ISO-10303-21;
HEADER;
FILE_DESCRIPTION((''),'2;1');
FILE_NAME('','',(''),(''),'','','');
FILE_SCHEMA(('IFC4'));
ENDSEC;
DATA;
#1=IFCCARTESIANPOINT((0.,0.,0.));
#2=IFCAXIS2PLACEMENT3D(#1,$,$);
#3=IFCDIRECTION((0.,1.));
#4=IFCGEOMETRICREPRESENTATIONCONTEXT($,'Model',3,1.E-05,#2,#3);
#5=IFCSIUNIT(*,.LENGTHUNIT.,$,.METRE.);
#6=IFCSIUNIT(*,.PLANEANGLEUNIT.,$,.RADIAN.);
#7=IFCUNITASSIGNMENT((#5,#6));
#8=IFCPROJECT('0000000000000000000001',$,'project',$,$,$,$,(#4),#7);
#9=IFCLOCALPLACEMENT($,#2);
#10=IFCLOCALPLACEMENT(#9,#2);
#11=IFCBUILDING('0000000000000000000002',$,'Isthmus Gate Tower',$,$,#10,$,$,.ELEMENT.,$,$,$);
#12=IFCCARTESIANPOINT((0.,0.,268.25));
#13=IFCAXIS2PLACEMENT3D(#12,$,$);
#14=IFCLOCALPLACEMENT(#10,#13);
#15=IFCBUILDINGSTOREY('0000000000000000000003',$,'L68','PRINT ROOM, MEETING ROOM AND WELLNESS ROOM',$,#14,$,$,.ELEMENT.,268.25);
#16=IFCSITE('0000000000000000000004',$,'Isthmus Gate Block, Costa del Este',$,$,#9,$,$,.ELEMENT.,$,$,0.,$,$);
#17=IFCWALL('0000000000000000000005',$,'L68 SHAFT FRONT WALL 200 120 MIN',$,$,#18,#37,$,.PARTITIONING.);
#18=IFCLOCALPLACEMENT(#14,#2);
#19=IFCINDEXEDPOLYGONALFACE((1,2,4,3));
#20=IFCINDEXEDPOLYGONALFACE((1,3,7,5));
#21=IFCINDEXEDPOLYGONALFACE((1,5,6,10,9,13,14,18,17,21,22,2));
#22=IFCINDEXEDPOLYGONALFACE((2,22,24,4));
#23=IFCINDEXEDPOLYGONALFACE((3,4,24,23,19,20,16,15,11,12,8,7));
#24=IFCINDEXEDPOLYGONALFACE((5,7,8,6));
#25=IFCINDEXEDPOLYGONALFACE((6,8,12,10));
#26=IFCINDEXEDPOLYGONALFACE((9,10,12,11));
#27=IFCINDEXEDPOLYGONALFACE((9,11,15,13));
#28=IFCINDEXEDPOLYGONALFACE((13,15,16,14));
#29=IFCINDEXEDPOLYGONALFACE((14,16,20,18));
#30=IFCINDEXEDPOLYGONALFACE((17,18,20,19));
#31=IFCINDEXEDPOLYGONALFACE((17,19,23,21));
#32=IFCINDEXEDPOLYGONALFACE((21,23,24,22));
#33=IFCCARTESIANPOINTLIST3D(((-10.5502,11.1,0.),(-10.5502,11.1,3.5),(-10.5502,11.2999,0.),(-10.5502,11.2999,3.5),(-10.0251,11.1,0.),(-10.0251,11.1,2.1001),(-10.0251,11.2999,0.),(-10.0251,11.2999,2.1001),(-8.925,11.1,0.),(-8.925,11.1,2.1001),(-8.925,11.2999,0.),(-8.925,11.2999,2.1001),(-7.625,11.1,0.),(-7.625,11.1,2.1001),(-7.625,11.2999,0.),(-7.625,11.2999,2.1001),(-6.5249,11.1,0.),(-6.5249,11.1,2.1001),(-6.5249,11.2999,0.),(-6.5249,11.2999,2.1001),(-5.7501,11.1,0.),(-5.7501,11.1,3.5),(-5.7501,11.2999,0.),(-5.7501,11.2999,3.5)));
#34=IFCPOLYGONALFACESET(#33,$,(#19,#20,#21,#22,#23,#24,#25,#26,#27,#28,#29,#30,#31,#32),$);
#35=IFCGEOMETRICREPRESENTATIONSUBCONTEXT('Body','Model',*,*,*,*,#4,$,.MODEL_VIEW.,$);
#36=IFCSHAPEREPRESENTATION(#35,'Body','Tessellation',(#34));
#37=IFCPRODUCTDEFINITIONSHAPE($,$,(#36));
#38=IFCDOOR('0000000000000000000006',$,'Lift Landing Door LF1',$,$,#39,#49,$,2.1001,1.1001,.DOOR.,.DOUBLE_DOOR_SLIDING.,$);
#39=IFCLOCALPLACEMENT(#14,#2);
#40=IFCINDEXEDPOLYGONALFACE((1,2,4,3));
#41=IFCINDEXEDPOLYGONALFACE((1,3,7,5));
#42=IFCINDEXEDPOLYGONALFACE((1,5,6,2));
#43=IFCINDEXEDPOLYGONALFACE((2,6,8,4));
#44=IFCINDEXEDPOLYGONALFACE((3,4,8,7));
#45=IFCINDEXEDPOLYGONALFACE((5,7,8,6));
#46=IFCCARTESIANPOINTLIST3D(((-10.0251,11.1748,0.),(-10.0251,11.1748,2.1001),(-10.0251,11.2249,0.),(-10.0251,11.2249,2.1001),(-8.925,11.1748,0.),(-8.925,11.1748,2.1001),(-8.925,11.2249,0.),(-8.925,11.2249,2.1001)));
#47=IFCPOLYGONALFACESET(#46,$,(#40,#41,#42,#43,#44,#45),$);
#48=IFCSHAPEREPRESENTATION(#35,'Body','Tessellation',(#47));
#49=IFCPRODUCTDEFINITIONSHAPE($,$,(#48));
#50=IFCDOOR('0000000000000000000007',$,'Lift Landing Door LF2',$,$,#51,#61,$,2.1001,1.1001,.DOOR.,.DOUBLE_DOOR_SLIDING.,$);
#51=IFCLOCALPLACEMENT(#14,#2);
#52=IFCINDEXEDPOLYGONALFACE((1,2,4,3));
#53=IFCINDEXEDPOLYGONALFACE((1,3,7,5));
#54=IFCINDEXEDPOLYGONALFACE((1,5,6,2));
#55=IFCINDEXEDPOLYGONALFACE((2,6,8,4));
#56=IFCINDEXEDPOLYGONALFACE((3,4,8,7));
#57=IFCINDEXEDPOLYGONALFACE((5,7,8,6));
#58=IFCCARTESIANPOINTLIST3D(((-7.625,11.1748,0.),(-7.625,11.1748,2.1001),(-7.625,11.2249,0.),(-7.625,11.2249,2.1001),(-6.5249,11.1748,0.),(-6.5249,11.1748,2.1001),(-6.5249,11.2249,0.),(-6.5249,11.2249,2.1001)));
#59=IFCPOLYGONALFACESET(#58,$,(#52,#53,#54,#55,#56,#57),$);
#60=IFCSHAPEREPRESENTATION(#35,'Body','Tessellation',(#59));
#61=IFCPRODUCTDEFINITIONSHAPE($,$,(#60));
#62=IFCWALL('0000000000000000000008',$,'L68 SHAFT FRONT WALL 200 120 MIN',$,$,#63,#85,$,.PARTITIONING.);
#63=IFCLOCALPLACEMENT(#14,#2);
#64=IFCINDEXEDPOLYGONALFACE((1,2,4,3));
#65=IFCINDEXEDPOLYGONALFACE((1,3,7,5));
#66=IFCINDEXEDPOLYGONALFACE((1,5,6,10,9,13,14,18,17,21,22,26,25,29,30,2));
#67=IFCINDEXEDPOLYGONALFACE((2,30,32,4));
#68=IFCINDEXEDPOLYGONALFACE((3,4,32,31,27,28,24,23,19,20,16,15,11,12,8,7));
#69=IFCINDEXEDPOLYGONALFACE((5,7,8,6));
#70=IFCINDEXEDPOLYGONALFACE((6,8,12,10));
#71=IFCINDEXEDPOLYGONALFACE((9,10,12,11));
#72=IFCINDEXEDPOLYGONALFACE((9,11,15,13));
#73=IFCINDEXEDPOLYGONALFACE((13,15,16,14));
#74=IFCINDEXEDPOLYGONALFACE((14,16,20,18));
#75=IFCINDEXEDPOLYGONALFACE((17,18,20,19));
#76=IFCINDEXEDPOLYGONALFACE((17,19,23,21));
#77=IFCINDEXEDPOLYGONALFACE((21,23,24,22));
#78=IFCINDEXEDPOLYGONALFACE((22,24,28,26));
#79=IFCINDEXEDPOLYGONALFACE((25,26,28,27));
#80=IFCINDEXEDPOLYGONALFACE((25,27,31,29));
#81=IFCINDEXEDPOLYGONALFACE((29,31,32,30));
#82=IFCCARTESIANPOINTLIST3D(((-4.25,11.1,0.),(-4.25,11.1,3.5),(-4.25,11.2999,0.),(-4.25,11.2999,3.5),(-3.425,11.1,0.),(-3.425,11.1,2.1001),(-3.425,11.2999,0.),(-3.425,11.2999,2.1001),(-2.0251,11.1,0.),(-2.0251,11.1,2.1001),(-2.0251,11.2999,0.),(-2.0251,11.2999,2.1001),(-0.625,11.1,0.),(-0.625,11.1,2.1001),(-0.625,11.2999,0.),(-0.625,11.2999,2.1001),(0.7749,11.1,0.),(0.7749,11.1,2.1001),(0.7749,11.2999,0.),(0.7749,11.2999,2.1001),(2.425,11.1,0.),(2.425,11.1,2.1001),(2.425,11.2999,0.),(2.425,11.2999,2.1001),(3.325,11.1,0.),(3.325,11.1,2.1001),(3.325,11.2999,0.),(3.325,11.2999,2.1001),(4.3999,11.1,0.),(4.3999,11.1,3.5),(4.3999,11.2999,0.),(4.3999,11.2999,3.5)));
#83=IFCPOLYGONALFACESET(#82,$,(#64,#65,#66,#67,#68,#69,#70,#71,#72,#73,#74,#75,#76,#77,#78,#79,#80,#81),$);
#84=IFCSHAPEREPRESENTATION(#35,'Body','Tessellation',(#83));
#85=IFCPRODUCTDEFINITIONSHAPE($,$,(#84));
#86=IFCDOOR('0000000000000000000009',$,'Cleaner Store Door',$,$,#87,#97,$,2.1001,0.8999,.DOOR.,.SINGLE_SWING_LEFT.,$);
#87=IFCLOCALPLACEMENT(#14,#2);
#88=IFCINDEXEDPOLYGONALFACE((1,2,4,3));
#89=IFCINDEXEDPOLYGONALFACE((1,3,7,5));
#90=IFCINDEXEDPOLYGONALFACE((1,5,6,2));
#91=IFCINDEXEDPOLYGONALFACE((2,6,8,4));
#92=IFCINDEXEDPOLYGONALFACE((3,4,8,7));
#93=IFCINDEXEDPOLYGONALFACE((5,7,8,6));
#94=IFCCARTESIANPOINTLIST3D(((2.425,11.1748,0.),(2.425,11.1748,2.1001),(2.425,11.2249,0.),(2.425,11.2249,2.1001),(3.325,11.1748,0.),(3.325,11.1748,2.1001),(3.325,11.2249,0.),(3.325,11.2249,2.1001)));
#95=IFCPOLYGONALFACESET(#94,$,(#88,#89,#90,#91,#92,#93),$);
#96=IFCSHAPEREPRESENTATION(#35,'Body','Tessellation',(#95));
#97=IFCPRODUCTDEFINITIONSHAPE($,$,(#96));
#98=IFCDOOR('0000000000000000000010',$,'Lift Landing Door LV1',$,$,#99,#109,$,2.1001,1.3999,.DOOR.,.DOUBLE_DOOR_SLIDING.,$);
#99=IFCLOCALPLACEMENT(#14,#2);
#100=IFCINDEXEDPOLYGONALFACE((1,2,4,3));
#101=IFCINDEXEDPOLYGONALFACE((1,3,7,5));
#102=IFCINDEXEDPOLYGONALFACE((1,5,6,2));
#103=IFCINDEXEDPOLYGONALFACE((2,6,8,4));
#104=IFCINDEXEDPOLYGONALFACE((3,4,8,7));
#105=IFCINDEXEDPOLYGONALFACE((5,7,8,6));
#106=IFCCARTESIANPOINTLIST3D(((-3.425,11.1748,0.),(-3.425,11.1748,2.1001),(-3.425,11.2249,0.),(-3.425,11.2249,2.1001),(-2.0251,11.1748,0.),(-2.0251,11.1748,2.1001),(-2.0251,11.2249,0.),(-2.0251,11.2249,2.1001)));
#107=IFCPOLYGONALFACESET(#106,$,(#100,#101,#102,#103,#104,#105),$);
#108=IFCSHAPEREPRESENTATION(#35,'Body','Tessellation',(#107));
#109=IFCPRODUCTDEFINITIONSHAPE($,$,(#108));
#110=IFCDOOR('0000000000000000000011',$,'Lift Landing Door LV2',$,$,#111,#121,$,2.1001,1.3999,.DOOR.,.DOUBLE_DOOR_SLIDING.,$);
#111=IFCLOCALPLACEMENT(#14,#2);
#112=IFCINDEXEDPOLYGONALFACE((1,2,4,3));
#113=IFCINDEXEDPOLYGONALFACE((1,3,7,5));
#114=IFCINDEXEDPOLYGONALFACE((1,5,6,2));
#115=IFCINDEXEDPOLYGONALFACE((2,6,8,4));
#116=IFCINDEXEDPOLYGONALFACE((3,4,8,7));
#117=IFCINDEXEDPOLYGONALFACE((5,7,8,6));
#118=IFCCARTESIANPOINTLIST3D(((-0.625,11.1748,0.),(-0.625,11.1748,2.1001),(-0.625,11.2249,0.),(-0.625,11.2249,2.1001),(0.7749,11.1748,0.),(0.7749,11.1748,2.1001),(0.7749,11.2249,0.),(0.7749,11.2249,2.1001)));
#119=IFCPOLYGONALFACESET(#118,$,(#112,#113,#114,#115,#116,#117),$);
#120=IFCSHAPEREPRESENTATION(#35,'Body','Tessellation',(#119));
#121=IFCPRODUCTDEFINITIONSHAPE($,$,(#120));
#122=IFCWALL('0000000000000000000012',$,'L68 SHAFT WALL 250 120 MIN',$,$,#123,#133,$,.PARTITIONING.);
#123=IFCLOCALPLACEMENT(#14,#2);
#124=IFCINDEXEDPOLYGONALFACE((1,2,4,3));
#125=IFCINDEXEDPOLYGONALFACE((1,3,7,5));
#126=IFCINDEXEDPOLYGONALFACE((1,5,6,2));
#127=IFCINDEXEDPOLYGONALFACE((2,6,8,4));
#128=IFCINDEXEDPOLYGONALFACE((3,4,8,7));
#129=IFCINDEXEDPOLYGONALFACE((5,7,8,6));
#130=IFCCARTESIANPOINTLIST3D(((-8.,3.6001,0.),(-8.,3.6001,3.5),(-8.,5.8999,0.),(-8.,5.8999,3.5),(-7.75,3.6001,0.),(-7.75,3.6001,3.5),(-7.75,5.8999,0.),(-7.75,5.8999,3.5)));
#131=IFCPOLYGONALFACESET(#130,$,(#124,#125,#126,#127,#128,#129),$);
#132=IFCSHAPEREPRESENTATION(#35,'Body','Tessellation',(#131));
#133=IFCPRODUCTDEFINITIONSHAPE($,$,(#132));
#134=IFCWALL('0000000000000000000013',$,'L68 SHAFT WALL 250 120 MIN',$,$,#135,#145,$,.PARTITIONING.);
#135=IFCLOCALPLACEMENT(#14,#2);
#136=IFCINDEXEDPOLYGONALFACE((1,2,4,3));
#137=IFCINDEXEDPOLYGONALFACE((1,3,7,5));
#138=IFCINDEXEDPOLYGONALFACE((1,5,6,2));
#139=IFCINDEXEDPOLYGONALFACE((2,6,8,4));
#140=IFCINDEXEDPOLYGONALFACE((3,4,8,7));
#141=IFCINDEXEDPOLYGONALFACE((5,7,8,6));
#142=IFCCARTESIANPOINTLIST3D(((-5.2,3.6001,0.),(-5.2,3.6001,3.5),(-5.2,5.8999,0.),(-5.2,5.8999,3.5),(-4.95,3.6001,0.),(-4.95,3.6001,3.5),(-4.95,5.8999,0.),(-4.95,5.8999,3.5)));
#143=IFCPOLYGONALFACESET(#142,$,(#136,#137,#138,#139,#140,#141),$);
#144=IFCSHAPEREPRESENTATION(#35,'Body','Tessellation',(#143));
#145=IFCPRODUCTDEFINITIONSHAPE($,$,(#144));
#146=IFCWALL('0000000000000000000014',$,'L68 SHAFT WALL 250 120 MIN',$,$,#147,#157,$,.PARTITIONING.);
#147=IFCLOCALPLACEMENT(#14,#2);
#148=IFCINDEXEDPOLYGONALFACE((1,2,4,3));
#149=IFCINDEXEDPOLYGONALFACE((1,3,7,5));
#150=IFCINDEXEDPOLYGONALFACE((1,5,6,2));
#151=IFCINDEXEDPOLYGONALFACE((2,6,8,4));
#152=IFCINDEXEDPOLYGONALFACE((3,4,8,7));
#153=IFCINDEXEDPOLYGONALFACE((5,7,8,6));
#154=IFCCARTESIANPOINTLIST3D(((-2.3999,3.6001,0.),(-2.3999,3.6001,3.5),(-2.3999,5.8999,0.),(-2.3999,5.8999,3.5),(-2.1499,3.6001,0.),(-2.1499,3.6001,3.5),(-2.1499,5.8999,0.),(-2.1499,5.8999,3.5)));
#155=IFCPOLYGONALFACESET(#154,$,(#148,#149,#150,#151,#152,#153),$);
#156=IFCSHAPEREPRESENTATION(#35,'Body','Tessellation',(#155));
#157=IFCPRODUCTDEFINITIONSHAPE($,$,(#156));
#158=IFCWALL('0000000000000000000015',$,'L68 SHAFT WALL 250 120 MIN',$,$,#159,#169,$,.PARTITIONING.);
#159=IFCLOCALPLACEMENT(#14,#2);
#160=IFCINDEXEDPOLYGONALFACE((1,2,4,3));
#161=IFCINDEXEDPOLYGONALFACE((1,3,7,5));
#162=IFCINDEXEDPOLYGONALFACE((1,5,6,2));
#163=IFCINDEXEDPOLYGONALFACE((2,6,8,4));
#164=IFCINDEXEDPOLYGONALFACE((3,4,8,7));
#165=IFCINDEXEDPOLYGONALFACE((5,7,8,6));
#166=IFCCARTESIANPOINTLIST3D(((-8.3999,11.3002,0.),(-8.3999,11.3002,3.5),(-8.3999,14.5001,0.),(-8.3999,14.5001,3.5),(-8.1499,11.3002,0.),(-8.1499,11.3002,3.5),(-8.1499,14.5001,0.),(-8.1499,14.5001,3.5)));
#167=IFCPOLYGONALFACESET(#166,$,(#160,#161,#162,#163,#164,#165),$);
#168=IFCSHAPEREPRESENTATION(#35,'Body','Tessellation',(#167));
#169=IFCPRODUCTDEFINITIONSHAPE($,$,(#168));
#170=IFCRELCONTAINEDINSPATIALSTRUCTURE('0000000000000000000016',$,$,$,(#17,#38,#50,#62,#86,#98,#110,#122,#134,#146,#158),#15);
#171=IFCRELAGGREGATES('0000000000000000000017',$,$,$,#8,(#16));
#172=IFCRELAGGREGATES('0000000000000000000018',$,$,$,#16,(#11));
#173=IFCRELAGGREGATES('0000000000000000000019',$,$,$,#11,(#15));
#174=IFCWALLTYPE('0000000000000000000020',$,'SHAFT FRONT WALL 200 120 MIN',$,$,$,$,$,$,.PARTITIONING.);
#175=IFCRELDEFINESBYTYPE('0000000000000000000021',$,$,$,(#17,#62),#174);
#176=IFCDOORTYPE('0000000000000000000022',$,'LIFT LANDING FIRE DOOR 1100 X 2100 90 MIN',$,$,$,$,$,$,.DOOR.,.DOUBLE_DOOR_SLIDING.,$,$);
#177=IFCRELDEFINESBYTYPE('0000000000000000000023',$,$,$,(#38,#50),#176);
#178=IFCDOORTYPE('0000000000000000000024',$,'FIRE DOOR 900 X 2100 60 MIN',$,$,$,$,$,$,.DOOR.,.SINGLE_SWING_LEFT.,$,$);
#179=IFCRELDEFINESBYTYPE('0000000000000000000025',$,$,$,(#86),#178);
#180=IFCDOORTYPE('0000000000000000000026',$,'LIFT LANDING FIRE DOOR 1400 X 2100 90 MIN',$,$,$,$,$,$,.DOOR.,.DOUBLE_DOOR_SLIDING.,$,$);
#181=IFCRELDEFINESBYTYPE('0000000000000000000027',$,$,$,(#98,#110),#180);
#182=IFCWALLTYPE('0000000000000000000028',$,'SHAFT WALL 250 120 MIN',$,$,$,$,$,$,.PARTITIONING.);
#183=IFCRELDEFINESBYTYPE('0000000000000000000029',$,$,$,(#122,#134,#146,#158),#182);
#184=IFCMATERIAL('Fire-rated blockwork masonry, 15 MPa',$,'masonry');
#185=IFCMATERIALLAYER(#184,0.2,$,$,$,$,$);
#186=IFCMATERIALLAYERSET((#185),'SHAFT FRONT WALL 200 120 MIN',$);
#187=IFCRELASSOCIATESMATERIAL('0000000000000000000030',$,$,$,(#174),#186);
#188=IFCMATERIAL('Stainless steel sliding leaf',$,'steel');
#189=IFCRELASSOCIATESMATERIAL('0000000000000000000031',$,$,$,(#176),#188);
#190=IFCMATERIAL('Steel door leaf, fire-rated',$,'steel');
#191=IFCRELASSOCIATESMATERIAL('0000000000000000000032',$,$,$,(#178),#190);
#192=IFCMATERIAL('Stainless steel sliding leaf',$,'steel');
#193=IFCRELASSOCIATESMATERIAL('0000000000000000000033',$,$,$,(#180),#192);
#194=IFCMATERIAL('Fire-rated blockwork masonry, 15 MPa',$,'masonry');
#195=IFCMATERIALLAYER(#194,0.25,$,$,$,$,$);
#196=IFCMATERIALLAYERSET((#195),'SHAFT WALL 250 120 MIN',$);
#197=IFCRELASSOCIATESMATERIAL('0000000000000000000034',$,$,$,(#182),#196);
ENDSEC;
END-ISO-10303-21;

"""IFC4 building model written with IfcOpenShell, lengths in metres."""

from ifc_helpers import new_model, si_unit, direction, frame, frame_2d, origin, place, context, subcontext, project, spatial, rectangle, extrude, material, layer, layer_set, type_object, element, fill, save


model = new_model("IFC4")

# Units and contexts
model_context = context("Model", 3, precision=1e-05, world=origin(), true_north=direction((0.0, 1.0)))
body_context = subcontext(model_context, "Body", "Model", "MODEL_VIEW")
ifc_project = project(units=[si_unit("LENGTHUNIT", "METRE"), si_unit("PLANEANGLEUNIT", "RADIAN")], contexts=[model_context])

# Site, building, storey
site_placement = place(None, origin())
site = spatial("IfcSite", under=ifc_project, at=site_placement, Name="Isthmus Gate Block, Costa del Este", CompositionType="ELEMENT", RefElevation=0.0)
building_placement = place(site_placement, origin())
building = spatial("IfcBuilding", under=site, at=building_placement, Name="Isthmus Gate Tower", CompositionType="ELEMENT")
storey_placement = place(building_placement, frame((0.0, 0.0, 268.25)))
storey = spatial("IfcBuildingStorey", under=building, at=storey_placement, Name="L68", Description="PRINT ROOM, MEETING ROOM AND WELLNESS ROOM", CompositionType="ELEMENT", Elevation=268.25)

# Walls, openings, doors
ifc_material_1 = material(Name="Fire-rated blockwork masonry, 15 MPa", Category="masonry")
ifc_layer_1 = layer(ifc_material_1, 0.2)
ifc_layer_set_1 = layer_set([ifc_layer_1], Name="SHAFT FRONT WALL 200 120 MIN")
wall_type_1 = type_object("IfcWallType", Name="SHAFT FRONT WALL 200 120 MIN", PredefinedType="PARTITIONING", material=ifc_layer_set_1)
wall_1_placement = place(storey_placement, frame((-10.55, 11.2, 0.0), z_axis=(0.0, 0.0, 1.0), x_axis=(1.0, 0.0, 0.0)))
wall_1 = element("IfcWall", 1, at=wall_1_placement, inside=storey, type_object=wall_type_1, Name="L68 SHAFT FRONT WALL 200 120 MIN", PredefinedType="PARTITIONING", context=body_context, shape_type="SweptSolid", body=[
    extrude(rectangle(XDim=4.8, YDim=0.2, at=frame_2d((2.3999, 0.0))), origin(), (0.0, 0.0, 1.0), 3.5),
])
opening_1_placement = place(wall_1_placement, frame((0.5249, 0.0, 0.0)))
opening_1 = element("IfcOpeningElement", 2, at=opening_1_placement, cuts=wall_1, PredefinedType="OPENING", context=body_context, shape_type="SweptSolid", body=[
    extrude(rectangle(XDim=1.1001, YDim=2.1001, at=frame_2d((0.55, 1.05))), frame((0.0, 0.1099, 0.0), z_axis=(0.0, -1.0, 0.0), x_axis=(1.0, 0.0, 0.0)), (0.0, 0.0, 1.0), 0.22),
])
opening_2_placement = place(wall_1_placement, frame((2.925, 0.0, 0.0)))
opening_2 = element("IfcOpeningElement", 3, at=opening_2_placement, cuts=wall_1, PredefinedType="OPENING", context=body_context, shape_type="SweptSolid", body=[
    extrude(rectangle(XDim=1.1001, YDim=2.1001, at=frame_2d((0.55, 1.05))), frame((0.0, 0.1099, 0.0), z_axis=(0.0, -1.0, 0.0), x_axis=(1.0, 0.0, 0.0)), (0.0, 0.0, 1.0), 0.22),
])
ifc_material_2 = material(Name="Stainless steel sliding leaf", Category="steel")
door_type_1 = type_object("IfcDoorType", Name="LIFT LANDING FIRE DOOR 1100 X 2100 90 MIN", OperationType="DOUBLE_DOOR_SLIDING", PredefinedType="DOOR", material=ifc_material_2)
door_1_placement = place(opening_1_placement, origin())
door_1 = element("IfcDoor", 4, at=door_1_placement, inside=storey, type_object=door_type_1, Name="Lift Landing Door LF1", OperationType="DOUBLE_DOOR_SLIDING", OverallHeight=2.1001, OverallWidth=1.1001, PredefinedType="DOOR", context=body_context, shape_type="SweptSolid", body=[
    extrude(rectangle(XDim=1.1001, YDim=2.1001, at=frame_2d((0.55, 1.05))), frame((0.0, 0.0249, 0.0), z_axis=(0.0, -1.0, 0.0), x_axis=(1.0, 0.0, 0.0)), (0.0, 0.0, 1.0), 0.05),
])
fill(opening_1, door_1)
door_2_placement = place(opening_2_placement, origin())
door_2 = element("IfcDoor", 5, at=door_2_placement, inside=storey, type_object=door_type_1, Name="Lift Landing Door LF2", OperationType="DOUBLE_DOOR_SLIDING", OverallHeight=2.1001, OverallWidth=1.1001, PredefinedType="DOOR", context=body_context, shape_type="SweptSolid", body=[
    extrude(rectangle(XDim=1.1001, YDim=2.1001, at=frame_2d((0.55, 1.05))), frame((0.0, 0.0249, 0.0), z_axis=(0.0, -1.0, 0.0), x_axis=(1.0, 0.0, 0.0)), (0.0, 0.0, 1.0), 0.05),
])
fill(opening_2, door_2)
wall_2_placement = place(storey_placement, frame((-4.25, 11.2, 0.0), z_axis=(0.0, 0.0, 1.0), x_axis=(1.0, 0.0, 0.0)))
wall_2 = element("IfcWall", 6, at=wall_2_placement, inside=storey, type_object=wall_type_1, Name="L68 SHAFT FRONT WALL 200 120 MIN", PredefinedType="PARTITIONING", context=body_context, shape_type="SweptSolid", body=[
    extrude(rectangle(XDim=8.6499, YDim=0.2, at=frame_2d((4.325, 0.0))), origin(), (0.0, 0.0, 1.0), 3.5),
])
opening_3_placement = place(wall_2_placement, frame((0.825, 0.0, 0.0)))
opening_3 = element("IfcOpeningElement", 7, at=opening_3_placement, cuts=wall_2, PredefinedType="OPENING", context=body_context, shape_type="SweptSolid", body=[
    extrude(rectangle(XDim=1.3999, YDim=2.1001, at=frame_2d((0.7, 1.05))), frame((0.0, 0.1099, 0.0), z_axis=(0.0, -1.0, 0.0), x_axis=(1.0, 0.0, 0.0)), (0.0, 0.0, 1.0), 0.22),
])
opening_4_placement = place(wall_2_placement, frame((3.625, 0.0, 0.0)))
opening_4 = element("IfcOpeningElement", 8, at=opening_4_placement, cuts=wall_2, PredefinedType="OPENING", context=body_context, shape_type="SweptSolid", body=[
    extrude(rectangle(XDim=1.3999, YDim=2.1001, at=frame_2d((0.7, 1.05))), frame((0.0, 0.1099, 0.0), z_axis=(0.0, -1.0, 0.0), x_axis=(1.0, 0.0, 0.0)), (0.0, 0.0, 1.0), 0.22),
])
opening_5_placement = place(wall_2_placement, frame((6.675, 0.0, 0.0)))
opening_5 = element("IfcOpeningElement", 9, at=opening_5_placement, cuts=wall_2, PredefinedType="OPENING", context=body_context, shape_type="SweptSolid", body=[
    extrude(rectangle(XDim=0.8999, YDim=2.1001, at=frame_2d((0.45, 1.05))), frame((0.0, 0.1099, 0.0), z_axis=(0.0, -1.0, 0.0), x_axis=(1.0, 0.0, 0.0)), (0.0, 0.0, 1.0), 0.22),
])
ifc_material_3 = material(Name="Steel door leaf, fire-rated", Category="steel")
door_type_2 = type_object("IfcDoorType", Name="FIRE DOOR 900 X 2100 60 MIN", OperationType="SINGLE_SWING_LEFT", PredefinedType="DOOR", material=ifc_material_3)
door_3_placement = place(opening_5_placement, origin())
door_3 = element("IfcDoor", 10, at=door_3_placement, inside=storey, type_object=door_type_2, Name="Cleaner Store Door", OperationType="SINGLE_SWING_LEFT", OverallHeight=2.1001, OverallWidth=0.8999, PredefinedType="DOOR", context=body_context, shape_type="SweptSolid", body=[
    extrude(rectangle(XDim=0.8999, YDim=2.1001, at=frame_2d((0.45, 1.05))), frame((0.0, 0.0249, 0.0), z_axis=(0.0, -1.0, 0.0), x_axis=(1.0, 0.0, 0.0)), (0.0, 0.0, 1.0), 0.05),
])
fill(opening_5, door_3)
ifc_material_4 = material(Name="Stainless steel sliding leaf", Category="steel")
door_type_3 = type_object("IfcDoorType", Name="LIFT LANDING FIRE DOOR 1400 X 2100 90 MIN", OperationType="DOUBLE_DOOR_SLIDING", PredefinedType="DOOR", material=ifc_material_4)
door_4_placement = place(opening_3_placement, origin())
door_4 = element("IfcDoor", 11, at=door_4_placement, inside=storey, type_object=door_type_3, Name="Lift Landing Door LV1", OperationType="DOUBLE_DOOR_SLIDING", OverallHeight=2.1001, OverallWidth=1.3999, PredefinedType="DOOR", context=body_context, shape_type="SweptSolid", body=[
    extrude(rectangle(XDim=1.3999, YDim=2.1001, at=frame_2d((0.7, 1.05))), frame((0.0, 0.0249, 0.0), z_axis=(0.0, -1.0, 0.0), x_axis=(1.0, 0.0, 0.0)), (0.0, 0.0, 1.0), 0.05),
])
fill(opening_3, door_4)
door_5_placement = place(opening_4_placement, origin())
door_5 = element("IfcDoor", 12, at=door_5_placement, inside=storey, type_object=door_type_3, Name="Lift Landing Door LV2", OperationType="DOUBLE_DOOR_SLIDING", OverallHeight=2.1001, OverallWidth=1.3999, PredefinedType="DOOR", context=body_context, shape_type="SweptSolid", body=[
    extrude(rectangle(XDim=1.3999, YDim=2.1001, at=frame_2d((0.7, 1.05))), frame((0.0, 0.0249, 0.0), z_axis=(0.0, -1.0, 0.0), x_axis=(1.0, 0.0, 0.0)), (0.0, 0.0, 1.0), 0.05),
])
fill(opening_4, door_5)

# Walls
ifc_material_5 = material(Name="Fire-rated blockwork masonry, 15 MPa", Category="masonry")
ifc_layer_2 = layer(ifc_material_5, 0.25)
ifc_layer_set_2 = layer_set([ifc_layer_2], Name="SHAFT WALL 250 120 MIN")
wall_type_2 = type_object("IfcWallType", Name="SHAFT WALL 250 120 MIN", PredefinedType="PARTITIONING", material=ifc_layer_set_2)
for number, where, z_axis, x_axis, name in (
    (13, (-7.875, 3.6001, 0.0), (0.0, 0.0, 1.0), (0.0, 1.0, 0.0), "L68 SHAFT WALL 250 120 MIN"),
    (14, (-5.075, 3.6001, 0.0), (0.0, 0.0, 1.0), (0.0, 1.0, 0.0), "L68 SHAFT WALL 250 120 MIN"),
    (15, (-2.2749, 3.6001, 0.0), (0.0, 0.0, 1.0), (0.0, 1.0, 0.0), "L68 SHAFT WALL 250 120 MIN"),
):
    element("IfcWall", number, at=place(storey_placement, frame(where, z_axis=z_axis, x_axis=x_axis)), inside=storey, type_object=wall_type_2, Name=name, PredefinedType="PARTITIONING", context=body_context, shape_type="SweptSolid", body=[
        extrude(rectangle(XDim=2.2998, YDim=0.25, at=frame_2d((1.1499, 0.0))), origin(), (0.0, 0.0, 1.0), 3.5),
    ])
for number, where, z_axis, x_axis, name in (
    (16, (-8.2749, 11.3, 0.0), (0.0, 0.0, 1.0), (0.0, 1.0, 0.0), "L68 SHAFT WALL 250 120 MIN"),
):
    element("IfcWall", number, at=place(storey_placement, frame(where, z_axis=z_axis, x_axis=x_axis)), inside=storey, type_object=wall_type_2, Name=name, PredefinedType="PARTITIONING", context=body_context, shape_type="SweptSolid", body=[
        extrude(rectangle(XDim=3.2, YDim=0.25, at=frame_2d((1.6001, 0.0))), origin(), (0.0, 0.0, 1.0), 3.5),
    ])

save(model, "model.ifc")
